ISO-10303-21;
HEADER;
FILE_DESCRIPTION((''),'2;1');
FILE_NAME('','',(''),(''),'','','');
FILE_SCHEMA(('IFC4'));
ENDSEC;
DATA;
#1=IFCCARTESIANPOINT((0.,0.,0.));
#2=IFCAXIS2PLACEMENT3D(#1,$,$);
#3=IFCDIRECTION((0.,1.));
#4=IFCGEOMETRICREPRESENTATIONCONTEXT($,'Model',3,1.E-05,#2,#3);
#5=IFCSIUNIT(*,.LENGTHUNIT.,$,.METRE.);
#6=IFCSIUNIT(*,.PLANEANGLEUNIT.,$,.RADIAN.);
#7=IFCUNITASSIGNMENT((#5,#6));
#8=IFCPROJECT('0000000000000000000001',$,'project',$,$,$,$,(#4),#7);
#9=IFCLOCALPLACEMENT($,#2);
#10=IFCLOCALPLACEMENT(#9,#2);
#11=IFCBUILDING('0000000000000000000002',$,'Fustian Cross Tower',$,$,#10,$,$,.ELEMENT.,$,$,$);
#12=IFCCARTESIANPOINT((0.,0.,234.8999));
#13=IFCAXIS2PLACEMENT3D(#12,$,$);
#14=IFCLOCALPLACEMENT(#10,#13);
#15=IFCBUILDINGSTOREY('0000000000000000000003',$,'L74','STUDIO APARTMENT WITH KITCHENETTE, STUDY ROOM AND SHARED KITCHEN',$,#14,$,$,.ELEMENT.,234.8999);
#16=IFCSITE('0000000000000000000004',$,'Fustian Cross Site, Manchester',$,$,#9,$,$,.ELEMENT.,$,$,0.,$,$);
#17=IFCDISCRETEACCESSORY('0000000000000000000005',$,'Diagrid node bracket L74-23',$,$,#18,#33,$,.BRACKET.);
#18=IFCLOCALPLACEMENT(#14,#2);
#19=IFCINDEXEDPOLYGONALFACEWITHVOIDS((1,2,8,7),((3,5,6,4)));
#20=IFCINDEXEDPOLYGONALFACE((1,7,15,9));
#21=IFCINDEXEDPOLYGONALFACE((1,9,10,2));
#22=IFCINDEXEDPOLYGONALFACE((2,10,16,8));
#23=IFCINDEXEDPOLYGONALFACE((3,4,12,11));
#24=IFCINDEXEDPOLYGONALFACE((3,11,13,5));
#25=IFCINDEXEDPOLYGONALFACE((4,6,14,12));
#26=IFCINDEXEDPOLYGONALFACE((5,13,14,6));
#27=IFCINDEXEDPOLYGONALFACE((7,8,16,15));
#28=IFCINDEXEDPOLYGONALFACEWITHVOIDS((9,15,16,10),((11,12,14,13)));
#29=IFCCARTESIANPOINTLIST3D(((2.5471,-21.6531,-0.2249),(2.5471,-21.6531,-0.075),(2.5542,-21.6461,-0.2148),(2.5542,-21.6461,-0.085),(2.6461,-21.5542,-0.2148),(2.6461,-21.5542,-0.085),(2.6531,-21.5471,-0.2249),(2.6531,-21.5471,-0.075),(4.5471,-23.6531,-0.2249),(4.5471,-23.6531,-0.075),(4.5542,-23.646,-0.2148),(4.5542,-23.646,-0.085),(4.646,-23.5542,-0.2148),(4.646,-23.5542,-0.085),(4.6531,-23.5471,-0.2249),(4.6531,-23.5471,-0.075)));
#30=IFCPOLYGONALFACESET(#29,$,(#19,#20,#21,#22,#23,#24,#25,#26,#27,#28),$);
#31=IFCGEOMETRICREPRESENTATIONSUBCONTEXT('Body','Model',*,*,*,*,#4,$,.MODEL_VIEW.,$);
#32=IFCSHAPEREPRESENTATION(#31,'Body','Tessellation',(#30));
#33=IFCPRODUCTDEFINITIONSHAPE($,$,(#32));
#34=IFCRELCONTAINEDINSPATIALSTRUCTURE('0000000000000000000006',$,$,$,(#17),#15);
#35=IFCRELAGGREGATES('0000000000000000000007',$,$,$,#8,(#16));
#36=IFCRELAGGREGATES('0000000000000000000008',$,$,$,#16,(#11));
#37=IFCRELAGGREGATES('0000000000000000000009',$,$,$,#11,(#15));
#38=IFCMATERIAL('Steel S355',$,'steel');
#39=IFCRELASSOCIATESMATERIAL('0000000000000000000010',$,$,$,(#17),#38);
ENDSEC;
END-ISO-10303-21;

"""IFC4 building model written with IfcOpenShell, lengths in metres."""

from ifc_helpers import new_model, si_unit, direction, frame, origin, origin_2d, place, context, subcontext, project, spatial, hollow_rectangle, extrude, material, element, save


model = new_model("IFC4")

# Units and contexts
model_context = context("Model", 3, precision=1e-05, world=origin(), true_north=direction((0.0, 1.0)))
body_context = subcontext(model_context, "Body", "Model", "MODEL_VIEW")
ifc_project = project(units=[si_unit("LENGTHUNIT", "METRE"), si_unit("PLANEANGLEUNIT", "RADIAN")], contexts=[model_context])

# Site, building, storey
site_placement = place(None, origin())
site = spatial("IfcSite", under=ifc_project, at=site_placement, Name="Fustian Cross Site, Manchester", CompositionType="ELEMENT", RefElevation=0.0)
building_placement = place(site_placement, origin())
building = spatial("IfcBuilding", under=site, at=building_placement, Name="Fustian Cross Tower", CompositionType="ELEMENT")
storey_placement = place(building_placement, frame((0.0, 0.0, 234.8999)))
storey = spatial("IfcBuildingStorey", under=building, at=storey_placement, Name="L74", Description="STUDIO APARTMENT WITH KITCHENETTE, STUDY ROOM AND SHARED KITCHEN", CompositionType="ELEMENT", Elevation=234.8999)

# Discrete accessory
ifc_material_1 = material(Name="Steel S355", Category="steel")
discrete_accessory_placement = place(storey_placement, frame((4.6001, -23.6001, -0.1499), z_axis=(-0.707107, 0.707107, 0.0), x_axis=(-0.707107, -0.707107, 0.0)))
element("IfcDiscreteAccessory", 1, at=discrete_accessory_placement, inside=storey, material=ifc_material_1, Name="Diagrid node bracket L74-23", PredefinedType="BRACKET", context=body_context, shape_type="SweptSolid", body=[
    extrude(hollow_rectangle(XDim=0.1499, YDim=0.1499, WallThickness=0.01, at=origin_2d()), origin(), (0.0, 0.0, 1.0), 2.8284),
])

save(model, "model.ifc")
